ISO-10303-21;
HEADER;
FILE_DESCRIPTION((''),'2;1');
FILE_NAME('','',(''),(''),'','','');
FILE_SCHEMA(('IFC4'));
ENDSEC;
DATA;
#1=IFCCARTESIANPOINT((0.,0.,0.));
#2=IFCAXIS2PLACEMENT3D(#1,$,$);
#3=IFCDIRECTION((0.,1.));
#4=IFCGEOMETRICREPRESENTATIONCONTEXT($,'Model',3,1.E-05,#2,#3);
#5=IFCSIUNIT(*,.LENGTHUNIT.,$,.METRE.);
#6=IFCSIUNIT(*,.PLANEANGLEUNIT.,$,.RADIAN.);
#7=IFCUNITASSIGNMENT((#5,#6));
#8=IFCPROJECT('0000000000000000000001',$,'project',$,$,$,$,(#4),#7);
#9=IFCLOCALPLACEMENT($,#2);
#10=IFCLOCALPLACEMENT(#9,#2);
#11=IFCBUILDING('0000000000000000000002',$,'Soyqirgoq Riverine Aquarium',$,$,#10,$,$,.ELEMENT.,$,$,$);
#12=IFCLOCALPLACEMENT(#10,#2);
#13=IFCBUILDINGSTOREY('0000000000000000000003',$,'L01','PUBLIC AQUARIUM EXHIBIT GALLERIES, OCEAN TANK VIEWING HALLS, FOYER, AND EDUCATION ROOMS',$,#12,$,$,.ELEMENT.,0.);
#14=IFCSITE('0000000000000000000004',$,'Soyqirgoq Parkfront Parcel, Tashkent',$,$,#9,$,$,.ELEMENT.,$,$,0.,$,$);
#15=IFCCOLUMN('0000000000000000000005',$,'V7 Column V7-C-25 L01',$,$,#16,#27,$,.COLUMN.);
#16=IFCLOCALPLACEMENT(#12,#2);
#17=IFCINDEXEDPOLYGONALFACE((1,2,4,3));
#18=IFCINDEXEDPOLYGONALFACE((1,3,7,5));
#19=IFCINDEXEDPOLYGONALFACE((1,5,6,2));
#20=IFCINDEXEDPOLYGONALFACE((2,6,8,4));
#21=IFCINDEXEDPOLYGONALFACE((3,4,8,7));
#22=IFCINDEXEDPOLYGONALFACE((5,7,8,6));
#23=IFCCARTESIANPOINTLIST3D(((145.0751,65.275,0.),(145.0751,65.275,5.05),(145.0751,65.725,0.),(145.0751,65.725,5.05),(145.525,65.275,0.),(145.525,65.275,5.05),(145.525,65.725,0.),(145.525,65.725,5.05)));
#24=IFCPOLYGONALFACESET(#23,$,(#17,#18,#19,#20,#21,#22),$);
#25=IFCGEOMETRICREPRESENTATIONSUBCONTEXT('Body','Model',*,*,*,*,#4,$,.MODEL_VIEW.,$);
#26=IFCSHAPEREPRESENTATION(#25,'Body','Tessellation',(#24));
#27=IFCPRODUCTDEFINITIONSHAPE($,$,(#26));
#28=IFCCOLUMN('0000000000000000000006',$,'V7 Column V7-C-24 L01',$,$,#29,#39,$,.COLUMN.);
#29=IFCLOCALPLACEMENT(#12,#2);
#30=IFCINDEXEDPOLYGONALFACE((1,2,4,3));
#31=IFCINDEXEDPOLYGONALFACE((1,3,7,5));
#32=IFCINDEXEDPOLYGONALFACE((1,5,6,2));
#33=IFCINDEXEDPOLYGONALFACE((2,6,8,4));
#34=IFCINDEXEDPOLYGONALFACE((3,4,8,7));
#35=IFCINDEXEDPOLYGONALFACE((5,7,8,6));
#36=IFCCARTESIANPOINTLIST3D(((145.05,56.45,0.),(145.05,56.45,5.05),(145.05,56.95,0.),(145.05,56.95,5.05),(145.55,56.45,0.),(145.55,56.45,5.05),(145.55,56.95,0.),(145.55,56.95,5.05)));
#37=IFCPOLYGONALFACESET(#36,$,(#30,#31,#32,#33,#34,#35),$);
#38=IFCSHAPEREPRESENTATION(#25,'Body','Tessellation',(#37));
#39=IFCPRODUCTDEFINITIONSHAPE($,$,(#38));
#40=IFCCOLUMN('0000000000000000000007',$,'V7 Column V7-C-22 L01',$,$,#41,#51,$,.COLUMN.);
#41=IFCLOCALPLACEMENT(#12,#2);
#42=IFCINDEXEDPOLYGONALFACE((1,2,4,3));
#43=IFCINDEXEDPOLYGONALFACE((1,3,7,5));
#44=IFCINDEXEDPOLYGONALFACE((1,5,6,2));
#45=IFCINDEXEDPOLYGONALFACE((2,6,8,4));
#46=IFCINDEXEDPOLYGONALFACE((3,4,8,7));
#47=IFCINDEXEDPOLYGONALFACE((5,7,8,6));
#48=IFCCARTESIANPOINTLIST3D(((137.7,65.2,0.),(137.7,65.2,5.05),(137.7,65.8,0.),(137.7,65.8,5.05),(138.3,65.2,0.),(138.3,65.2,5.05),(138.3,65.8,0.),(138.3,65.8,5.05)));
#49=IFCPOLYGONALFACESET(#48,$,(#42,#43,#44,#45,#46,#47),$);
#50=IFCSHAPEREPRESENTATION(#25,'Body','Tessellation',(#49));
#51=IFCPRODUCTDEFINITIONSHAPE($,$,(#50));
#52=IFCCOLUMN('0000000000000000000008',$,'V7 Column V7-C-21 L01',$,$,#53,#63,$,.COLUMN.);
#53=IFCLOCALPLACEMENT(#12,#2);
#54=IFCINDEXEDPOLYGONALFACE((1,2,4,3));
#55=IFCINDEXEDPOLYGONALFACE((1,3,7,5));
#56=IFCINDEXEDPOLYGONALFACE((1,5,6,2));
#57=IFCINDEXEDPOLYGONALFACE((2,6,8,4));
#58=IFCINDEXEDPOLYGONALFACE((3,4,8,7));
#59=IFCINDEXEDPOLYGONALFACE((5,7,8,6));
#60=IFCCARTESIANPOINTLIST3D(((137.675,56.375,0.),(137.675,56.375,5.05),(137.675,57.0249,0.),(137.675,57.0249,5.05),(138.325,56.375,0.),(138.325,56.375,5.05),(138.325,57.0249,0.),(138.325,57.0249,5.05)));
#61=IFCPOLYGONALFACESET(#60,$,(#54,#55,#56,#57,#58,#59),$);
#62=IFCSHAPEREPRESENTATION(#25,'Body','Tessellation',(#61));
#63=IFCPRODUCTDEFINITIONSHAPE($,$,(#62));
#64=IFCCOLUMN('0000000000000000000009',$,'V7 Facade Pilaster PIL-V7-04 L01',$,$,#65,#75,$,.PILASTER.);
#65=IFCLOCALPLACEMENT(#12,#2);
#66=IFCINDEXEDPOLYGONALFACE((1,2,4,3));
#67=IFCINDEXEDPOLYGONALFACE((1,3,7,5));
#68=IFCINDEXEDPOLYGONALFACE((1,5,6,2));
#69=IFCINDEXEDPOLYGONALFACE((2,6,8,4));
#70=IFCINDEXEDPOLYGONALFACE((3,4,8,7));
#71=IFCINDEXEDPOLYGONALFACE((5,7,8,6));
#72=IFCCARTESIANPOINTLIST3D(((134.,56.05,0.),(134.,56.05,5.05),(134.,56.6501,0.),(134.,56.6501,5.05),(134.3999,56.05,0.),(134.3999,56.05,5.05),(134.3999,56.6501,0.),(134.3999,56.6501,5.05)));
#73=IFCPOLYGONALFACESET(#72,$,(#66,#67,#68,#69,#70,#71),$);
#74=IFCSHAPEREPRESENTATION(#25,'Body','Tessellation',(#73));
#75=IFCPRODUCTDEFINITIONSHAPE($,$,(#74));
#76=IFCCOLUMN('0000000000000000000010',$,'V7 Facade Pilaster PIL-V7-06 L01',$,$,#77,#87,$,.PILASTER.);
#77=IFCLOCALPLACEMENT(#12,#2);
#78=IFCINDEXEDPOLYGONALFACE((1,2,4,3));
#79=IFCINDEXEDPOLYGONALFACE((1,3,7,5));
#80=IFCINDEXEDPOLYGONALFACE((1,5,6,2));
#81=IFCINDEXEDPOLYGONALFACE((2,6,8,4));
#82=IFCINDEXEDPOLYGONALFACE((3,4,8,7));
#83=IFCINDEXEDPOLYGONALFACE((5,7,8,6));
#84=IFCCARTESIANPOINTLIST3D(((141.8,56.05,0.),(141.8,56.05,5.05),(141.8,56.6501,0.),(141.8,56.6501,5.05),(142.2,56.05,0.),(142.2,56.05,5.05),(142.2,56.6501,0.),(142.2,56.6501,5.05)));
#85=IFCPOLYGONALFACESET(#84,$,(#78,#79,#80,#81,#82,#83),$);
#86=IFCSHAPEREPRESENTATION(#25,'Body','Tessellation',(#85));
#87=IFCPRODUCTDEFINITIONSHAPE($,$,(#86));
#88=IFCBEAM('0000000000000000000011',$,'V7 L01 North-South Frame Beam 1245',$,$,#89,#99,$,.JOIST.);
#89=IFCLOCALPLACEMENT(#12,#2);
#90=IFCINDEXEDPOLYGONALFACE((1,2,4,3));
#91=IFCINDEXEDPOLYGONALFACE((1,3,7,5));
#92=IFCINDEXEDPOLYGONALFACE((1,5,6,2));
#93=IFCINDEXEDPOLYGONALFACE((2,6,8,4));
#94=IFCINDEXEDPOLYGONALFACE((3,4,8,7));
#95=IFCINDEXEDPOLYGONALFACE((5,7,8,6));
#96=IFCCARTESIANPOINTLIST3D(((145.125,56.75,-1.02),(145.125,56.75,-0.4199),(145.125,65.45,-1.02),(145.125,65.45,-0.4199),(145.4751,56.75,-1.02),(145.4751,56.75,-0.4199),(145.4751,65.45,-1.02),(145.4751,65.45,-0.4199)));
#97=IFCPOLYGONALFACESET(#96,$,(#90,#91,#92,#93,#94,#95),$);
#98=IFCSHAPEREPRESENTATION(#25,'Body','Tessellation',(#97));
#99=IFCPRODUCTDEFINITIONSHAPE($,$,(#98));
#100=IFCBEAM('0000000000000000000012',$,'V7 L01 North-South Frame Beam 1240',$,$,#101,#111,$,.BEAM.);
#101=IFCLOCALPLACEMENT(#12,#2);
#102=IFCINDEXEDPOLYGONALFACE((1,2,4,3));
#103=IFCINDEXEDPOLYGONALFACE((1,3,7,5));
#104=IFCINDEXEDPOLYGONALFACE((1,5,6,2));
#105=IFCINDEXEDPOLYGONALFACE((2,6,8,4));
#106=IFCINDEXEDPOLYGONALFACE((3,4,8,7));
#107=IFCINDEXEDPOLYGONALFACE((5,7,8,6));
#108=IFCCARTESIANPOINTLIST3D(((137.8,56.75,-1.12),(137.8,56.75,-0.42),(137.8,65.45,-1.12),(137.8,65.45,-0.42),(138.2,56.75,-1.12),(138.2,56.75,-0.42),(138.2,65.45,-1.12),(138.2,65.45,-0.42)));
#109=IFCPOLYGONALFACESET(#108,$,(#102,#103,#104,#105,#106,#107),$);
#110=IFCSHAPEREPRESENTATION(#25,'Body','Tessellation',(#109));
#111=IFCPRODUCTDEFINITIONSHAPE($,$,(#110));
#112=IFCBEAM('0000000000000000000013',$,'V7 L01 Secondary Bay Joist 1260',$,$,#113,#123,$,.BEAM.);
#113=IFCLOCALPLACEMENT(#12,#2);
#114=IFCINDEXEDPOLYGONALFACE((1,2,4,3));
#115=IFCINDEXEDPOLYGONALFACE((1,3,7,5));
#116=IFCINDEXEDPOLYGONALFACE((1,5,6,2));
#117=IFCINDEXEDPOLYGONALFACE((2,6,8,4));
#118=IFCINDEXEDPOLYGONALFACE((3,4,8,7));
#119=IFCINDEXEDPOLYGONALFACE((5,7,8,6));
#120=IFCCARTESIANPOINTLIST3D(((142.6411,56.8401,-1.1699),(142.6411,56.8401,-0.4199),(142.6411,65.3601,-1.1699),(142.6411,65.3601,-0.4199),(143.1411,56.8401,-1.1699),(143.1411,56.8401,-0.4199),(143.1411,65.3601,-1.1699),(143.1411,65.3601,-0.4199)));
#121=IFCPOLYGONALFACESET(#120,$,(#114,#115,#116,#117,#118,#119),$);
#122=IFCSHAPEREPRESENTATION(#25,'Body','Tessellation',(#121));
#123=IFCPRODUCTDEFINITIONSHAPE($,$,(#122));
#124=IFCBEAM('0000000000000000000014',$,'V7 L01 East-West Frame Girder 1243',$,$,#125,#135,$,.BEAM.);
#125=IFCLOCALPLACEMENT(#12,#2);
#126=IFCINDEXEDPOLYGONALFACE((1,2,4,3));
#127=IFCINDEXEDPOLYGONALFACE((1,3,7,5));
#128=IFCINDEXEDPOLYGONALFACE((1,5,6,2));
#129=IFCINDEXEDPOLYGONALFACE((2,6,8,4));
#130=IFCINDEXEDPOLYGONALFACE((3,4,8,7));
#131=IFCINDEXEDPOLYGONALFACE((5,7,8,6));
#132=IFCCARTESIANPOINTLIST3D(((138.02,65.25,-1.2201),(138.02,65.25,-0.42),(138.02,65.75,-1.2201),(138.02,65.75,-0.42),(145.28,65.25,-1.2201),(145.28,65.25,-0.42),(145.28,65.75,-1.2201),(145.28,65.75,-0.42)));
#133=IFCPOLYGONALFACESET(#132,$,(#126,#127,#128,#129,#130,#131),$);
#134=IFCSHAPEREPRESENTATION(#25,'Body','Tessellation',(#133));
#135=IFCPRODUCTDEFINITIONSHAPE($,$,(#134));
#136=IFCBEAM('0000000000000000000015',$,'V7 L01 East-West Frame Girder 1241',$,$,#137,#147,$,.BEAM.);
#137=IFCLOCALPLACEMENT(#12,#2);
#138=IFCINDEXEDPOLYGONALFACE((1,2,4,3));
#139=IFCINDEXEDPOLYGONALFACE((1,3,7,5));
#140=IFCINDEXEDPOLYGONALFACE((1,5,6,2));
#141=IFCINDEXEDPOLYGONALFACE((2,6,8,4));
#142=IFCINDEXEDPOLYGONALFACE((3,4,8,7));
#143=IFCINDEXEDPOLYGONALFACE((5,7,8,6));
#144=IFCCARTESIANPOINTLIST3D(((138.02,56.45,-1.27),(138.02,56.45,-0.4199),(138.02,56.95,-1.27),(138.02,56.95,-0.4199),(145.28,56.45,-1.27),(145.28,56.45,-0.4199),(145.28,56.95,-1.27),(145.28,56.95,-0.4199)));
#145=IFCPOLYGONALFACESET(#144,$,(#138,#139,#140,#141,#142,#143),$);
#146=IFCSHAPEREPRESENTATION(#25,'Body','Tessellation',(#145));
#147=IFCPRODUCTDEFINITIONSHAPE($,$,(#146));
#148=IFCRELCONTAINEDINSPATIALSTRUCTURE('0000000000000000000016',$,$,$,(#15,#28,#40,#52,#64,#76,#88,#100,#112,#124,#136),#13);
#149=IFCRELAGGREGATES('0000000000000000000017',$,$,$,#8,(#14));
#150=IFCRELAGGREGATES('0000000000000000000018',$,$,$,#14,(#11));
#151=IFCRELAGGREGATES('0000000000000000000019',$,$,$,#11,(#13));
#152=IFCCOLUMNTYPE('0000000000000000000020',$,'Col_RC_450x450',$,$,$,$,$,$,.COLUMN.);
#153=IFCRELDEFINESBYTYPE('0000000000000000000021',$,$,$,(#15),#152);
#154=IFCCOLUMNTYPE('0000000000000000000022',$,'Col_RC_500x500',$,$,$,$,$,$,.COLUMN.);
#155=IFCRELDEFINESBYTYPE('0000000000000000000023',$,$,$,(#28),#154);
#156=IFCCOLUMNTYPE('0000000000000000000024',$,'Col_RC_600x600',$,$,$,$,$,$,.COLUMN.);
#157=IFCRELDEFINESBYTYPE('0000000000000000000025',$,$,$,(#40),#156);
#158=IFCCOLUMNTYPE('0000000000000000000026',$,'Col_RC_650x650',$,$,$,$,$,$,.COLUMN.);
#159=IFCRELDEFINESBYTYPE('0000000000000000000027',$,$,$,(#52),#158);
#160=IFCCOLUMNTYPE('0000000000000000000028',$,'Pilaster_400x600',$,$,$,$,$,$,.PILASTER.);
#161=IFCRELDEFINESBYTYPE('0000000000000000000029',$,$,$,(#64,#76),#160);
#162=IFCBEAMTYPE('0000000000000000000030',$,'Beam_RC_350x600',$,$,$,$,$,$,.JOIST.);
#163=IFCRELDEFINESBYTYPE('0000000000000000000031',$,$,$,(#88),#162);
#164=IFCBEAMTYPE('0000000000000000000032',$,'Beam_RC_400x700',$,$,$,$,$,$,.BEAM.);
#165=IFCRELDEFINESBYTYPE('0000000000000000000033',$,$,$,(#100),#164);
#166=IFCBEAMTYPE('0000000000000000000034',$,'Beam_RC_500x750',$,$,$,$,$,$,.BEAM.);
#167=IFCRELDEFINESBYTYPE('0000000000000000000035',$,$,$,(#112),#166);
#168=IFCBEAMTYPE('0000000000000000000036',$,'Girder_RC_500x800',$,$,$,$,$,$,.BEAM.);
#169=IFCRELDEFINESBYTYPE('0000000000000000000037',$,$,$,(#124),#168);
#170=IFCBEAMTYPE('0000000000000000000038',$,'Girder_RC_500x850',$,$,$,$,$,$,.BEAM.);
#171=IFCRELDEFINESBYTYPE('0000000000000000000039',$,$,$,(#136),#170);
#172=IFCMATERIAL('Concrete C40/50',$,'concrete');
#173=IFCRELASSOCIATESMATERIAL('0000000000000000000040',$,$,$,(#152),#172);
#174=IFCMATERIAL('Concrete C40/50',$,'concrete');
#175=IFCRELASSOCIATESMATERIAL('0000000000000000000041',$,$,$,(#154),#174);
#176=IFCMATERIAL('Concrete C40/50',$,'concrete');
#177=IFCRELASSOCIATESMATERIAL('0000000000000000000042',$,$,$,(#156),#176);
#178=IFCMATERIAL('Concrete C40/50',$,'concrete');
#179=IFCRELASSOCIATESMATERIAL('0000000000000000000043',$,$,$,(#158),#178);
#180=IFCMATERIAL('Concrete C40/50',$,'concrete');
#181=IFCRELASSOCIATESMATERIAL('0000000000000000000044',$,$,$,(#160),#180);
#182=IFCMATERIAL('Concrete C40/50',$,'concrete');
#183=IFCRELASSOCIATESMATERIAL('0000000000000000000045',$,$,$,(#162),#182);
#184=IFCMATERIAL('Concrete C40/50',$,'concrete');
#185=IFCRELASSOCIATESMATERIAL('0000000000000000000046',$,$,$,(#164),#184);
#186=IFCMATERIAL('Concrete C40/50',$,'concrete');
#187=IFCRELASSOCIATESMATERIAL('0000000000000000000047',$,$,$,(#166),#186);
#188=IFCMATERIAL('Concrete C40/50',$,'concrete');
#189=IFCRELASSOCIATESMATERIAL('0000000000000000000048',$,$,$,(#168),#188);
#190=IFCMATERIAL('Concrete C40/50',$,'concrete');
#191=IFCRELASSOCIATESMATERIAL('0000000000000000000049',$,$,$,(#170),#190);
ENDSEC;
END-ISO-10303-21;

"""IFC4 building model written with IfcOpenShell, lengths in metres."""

from ifc_helpers import new_model, si_unit, direction, frame, origin, origin_2d, place, context, subcontext, project, spatial, rectangle, extrude, material, material_profile, profile_set, type_object, element, save


model = new_model("IFC4")

# Units and contexts
model_context = context("Model", 3, precision=1e-05, world=origin(), true_north=direction((0.0, 1.0)))
body_context = subcontext(model_context, "Body", "Model", "MODEL_VIEW")
ifc_project = project(units=[si_unit("LENGTHUNIT", "METRE"), si_unit("PLANEANGLEUNIT", "RADIAN")], contexts=[model_context])

# Site, building, storey
site_placement = place(None, origin())
site = spatial("IfcSite", under=ifc_project, at=site_placement, Name="Soyqirgoq Parkfront Parcel, Tashkent", CompositionType="ELEMENT", RefElevation=0.0)
building_placement = place(site_placement, origin())
building = spatial("IfcBuilding", under=site, at=building_placement, Name="Soyqirgoq Riverine Aquarium", CompositionType="ELEMENT")
storey_placement = place(building_placement, origin())
storey = spatial("IfcBuildingStorey", under=building, at=storey_placement, Name="L01", Description="PUBLIC AQUARIUM EXHIBIT GALLERIES, OCEAN TANK VIEWING HALLS, FOYER, AND EDUCATION ROOMS", CompositionType="ELEMENT", Elevation=0.0)

# Columns
ifc_material_1 = material(Name="Concrete C40/50", Category="concrete")
ifc_material_profile_1 = material_profile(ifc_material_1, rectangle(XDim=0.45, YDim=0.45, at=origin_2d()), Name="RC 450x450")
ifc_profile_set_1 = profile_set([ifc_material_profile_1], Name="Concrete C40/50")
column_type_1 = type_object("IfcColumnType", Name="Col_RC_450x450", PredefinedType="COLUMN", material=ifc_profile_set_1)
column_1_placement = place(storey_placement, frame((145.3, 65.5, 0.0), z_axis=(0.0, 0.0, 1.0), x_axis=(1.0, 0.0, 0.0)))
element("IfcColumn", 1, at=column_1_placement, inside=storey, type_object=column_type_1, Name="V7 Column V7-C-25 L01", PredefinedType="COLUMN", context=body_context, shape_type="SweptSolid", body=[
    extrude(rectangle(XDim=0.45, YDim=0.45, at=origin_2d()), origin(), (0.0, 0.0, 1.0), 5.05),
])
ifc_material_2 = material(Name="Concrete C40/50", Category="concrete")
ifc_material_profile_2 = material_profile(ifc_material_2, rectangle(XDim=0.5, YDim=0.5, at=origin_2d()), Name="RC 500x500")
ifc_profile_set_2 = profile_set([ifc_material_profile_2], Name="Concrete C40/50")
column_type_2 = type_object("IfcColumnType", Name="Col_RC_500x500", PredefinedType="COLUMN", material=ifc_profile_set_2)
column_2_placement = place(storey_placement, frame((145.3, 56.7, 0.0), z_axis=(0.0, 0.0, 1.0), x_axis=(1.0, 0.0, 0.0)))
element("IfcColumn", 2, at=column_2_placement, inside=storey, type_object=column_type_2, Name="V7 Column V7-C-24 L01", PredefinedType="COLUMN", context=body_context, shape_type="SweptSolid", body=[
    extrude(rectangle(XDim=0.5, YDim=0.5, at=origin_2d()), origin(), (0.0, 0.0, 1.0), 5.05),
])
ifc_material_3 = material(Name="Concrete C40/50", Category="concrete")
ifc_material_profile_3 = material_profile(ifc_material_3, rectangle(XDim=0.6001, YDim=0.6001, at=origin_2d()), Name="RC 600x600")
ifc_profile_set_3 = profile_set([ifc_material_profile_3], Name="Concrete C40/50")
column_type_3 = type_object("IfcColumnType", Name="Col_RC_600x600", PredefinedType="COLUMN", material=ifc_profile_set_3)
column_3_placement = place(storey_placement, frame((138.0, 65.5, 0.0), z_axis=(0.0, 0.0, 1.0), x_axis=(1.0, 0.0, 0.0)))
element("IfcColumn", 3, at=column_3_placement, inside=storey, type_object=column_type_3, Name="V7 Column V7-C-22 L01", PredefinedType="COLUMN", context=body_context, shape_type="SweptSolid", body=[
    extrude(rectangle(XDim=0.6001, YDim=0.6001, at=origin_2d()), origin(), (0.0, 0.0, 1.0), 5.05),
])
ifc_material_4 = material(Name="Concrete C40/50", Category="concrete")
ifc_material_profile_4 = material_profile(ifc_material_4, rectangle(XDim=0.6499, YDim=0.6499, at=origin_2d()), Name="RC 650x650")
ifc_profile_set_4 = profile_set([ifc_material_profile_4], Name="Concrete C40/50")
column_type_4 = type_object("IfcColumnType", Name="Col_RC_650x650", PredefinedType="COLUMN", material=ifc_profile_set_4)
column_4_placement = place(storey_placement, frame((138.0, 56.7, 0.0), z_axis=(0.0, 0.0, 1.0), x_axis=(1.0, 0.0, 0.0)))
element("IfcColumn", 4, at=column_4_placement, inside=storey, type_object=column_type_4, Name="V7 Column V7-C-21 L01", PredefinedType="COLUMN", context=body_context, shape_type="SweptSolid", body=[
    extrude(rectangle(XDim=0.6499, YDim=0.6499, at=origin_2d()), origin(), (0.0, 0.0, 1.0), 5.05),
])
ifc_material_5 = material(Name="Concrete C40/50", Category="concrete")
ifc_material_profile_5 = material_profile(ifc_material_5, rectangle(XDim=0.3999, YDim=0.6001, at=origin_2d()), Name="RC-PIL 400x600")
ifc_profile_set_5 = profile_set([ifc_material_profile_5], Name="Concrete C40/50")
column_type_5 = type_object("IfcColumnType", Name="Pilaster_400x600", PredefinedType="PILASTER", material=ifc_profile_set_5)
for number, where, z_axis, x_axis, name in (
    (5, (134.2, 56.3501, 0.0), (0.0, 0.0, 1.0), (1.0, 0.0, 0.0), "V7 Facade Pilaster PIL-V7-04 L01"),
    (6, (142.0, 56.3501, 0.0), (0.0, 0.0, 1.0), (1.0, 0.0, 0.0), "V7 Facade Pilaster PIL-V7-06 L01"),
):
    element("IfcColumn", number, at=place(storey_placement, frame(where, z_axis=z_axis, x_axis=x_axis)), inside=storey, type_object=column_type_5, Name=name, PredefinedType="PILASTER", context=body_context, shape_type="SweptSolid", body=[
        extrude(rectangle(XDim=0.3999, YDim=0.6001, at=origin_2d()), origin(), (0.0, 0.0, 1.0), 5.05),
    ])

# Beams
ifc_material_6 = material(Name="Concrete C40/50", Category="concrete")
ifc_material_profile_6 = material_profile(ifc_material_6, rectangle(XDim=0.3501, YDim=0.6001, at=origin_2d()), Name="RC 350x600")
ifc_profile_set_6 = profile_set([ifc_material_profile_6], Name="Concrete C40/50")
beam_type_1 = type_object("IfcBeamType", Name="Beam_RC_350x600", PredefinedType="JOIST", material=ifc_profile_set_6)
beam_1_placement = place(storey_placement, frame((145.3, 56.75, -0.72), z_axis=(0.0, 1.0, 0.0), x_axis=(-1.0, 0.0, 0.0)))
element("IfcBeam", 7, at=beam_1_placement, inside=storey, type_object=beam_type_1, Name="V7 L01 North-South Frame Beam 1245", PredefinedType="JOIST", context=body_context, shape_type="SweptSolid", body=[
    extrude(rectangle(XDim=0.3501, YDim=0.6001, at=origin_2d()), origin(), (0.0, 0.0, 1.0), 8.7),
])
ifc_material_7 = material(Name="Concrete C40/50", Category="concrete")
ifc_material_profile_7 = material_profile(ifc_material_7, rectangle(XDim=0.3999, YDim=0.7, at=origin_2d()), Name="RC 400x700")
ifc_profile_set_7 = profile_set([ifc_material_profile_7], Name="Concrete C40/50")
beam_type_2 = type_object("IfcBeamType", Name="Beam_RC_400x700", PredefinedType="BEAM", material=ifc_profile_set_7)
beam_2_placement = place(storey_placement, frame((138.0, 56.75, -0.77), z_axis=(0.0, 1.0, 0.0), x_axis=(-1.0, 0.0, 0.0)))
element("IfcBeam", 8, at=beam_2_placement, inside=storey, type_object=beam_type_2, Name="V7 L01 North-South Frame Beam 1240", PredefinedType="BEAM", context=body_context, shape_type="SweptSolid", body=[
    extrude(rectangle(XDim=0.3999, YDim=0.7, at=origin_2d()), origin(), (0.0, 0.0, 1.0), 8.7),
])
ifc_material_8 = material(Name="Concrete C40/50", Category="concrete")
ifc_material_profile_8 = material_profile(ifc_material_8, rectangle(XDim=0.5, YDim=0.75, at=origin_2d()), Name="RC 500x750")
ifc_profile_set_8 = profile_set([ifc_material_profile_8], Name="Concrete C40/50")
beam_type_3 = type_object("IfcBeamType", Name="Beam_RC_500x750", PredefinedType="BEAM", material=ifc_profile_set_8)
beam_3_placement = place(storey_placement, frame((142.8911, 56.8401, -0.7949), z_axis=(0.0, 1.0, 0.0), x_axis=(-1.0, 0.0, 0.0)))
element("IfcBeam", 9, at=beam_3_placement, inside=storey, type_object=beam_type_3, Name="V7 L01 Secondary Bay Joist 1260", PredefinedType="BEAM", context=body_context, shape_type="SweptSolid", body=[
    extrude(rectangle(XDim=0.5, YDim=0.75, at=origin_2d()), origin(), (0.0, 0.0, 1.0), 8.52),
])
ifc_material_9 = material(Name="Concrete C40/50", Category="concrete")
ifc_material_profile_9 = material_profile(ifc_material_9, rectangle(XDim=0.5, YDim=0.8, at=origin_2d()), Name="RC 500x800")
ifc_profile_set_9 = profile_set([ifc_material_profile_9], Name="Concrete C40/50")
beam_type_4 = type_object("IfcBeamType", Name="Girder_RC_500x800", PredefinedType="BEAM", material=ifc_profile_set_9)
beam_4_placement = place(storey_placement, frame((138.02, 65.5, -0.8201), z_axis=(1.0, 0.0, 0.0), x_axis=(0.0, 1.0, 0.0)))
element("IfcBeam", 10, at=beam_4_placement, inside=storey, type_object=beam_type_4, Name="V7 L01 East-West Frame Girder 1243", PredefinedType="BEAM", context=body_context, shape_type="SweptSolid", body=[
    extrude(rectangle(XDim=0.5, YDim=0.8, at=origin_2d()), origin(), (0.0, 0.0, 1.0), 7.26),
])
ifc_material_10 = material(Name="Concrete C40/50", Category="concrete")
ifc_material_profile_10 = material_profile(ifc_material_10, rectangle(XDim=0.5, YDim=0.8501, at=origin_2d()), Name="RC 500x850")
ifc_profile_set_10 = profile_set([ifc_material_profile_10], Name="Concrete C40/50")
beam_type_5 = type_object("IfcBeamType", Name="Girder_RC_500x850", PredefinedType="BEAM", material=ifc_profile_set_10)
beam_5_placement = place(storey_placement, frame((138.02, 56.7, -0.845), z_axis=(1.0, 0.0, 0.0), x_axis=(0.0, 1.0, 0.0)))
element("IfcBeam", 11, at=beam_5_placement, inside=storey, type_object=beam_type_5, Name="V7 L01 East-West Frame Girder 1241", PredefinedType="BEAM", context=body_context, shape_type="SweptSolid", body=[
    extrude(rectangle(XDim=0.5, YDim=0.8501, at=origin_2d()), origin(), (0.0, 0.0, 1.0), 7.26),
])

save(model, "model.ifc")
